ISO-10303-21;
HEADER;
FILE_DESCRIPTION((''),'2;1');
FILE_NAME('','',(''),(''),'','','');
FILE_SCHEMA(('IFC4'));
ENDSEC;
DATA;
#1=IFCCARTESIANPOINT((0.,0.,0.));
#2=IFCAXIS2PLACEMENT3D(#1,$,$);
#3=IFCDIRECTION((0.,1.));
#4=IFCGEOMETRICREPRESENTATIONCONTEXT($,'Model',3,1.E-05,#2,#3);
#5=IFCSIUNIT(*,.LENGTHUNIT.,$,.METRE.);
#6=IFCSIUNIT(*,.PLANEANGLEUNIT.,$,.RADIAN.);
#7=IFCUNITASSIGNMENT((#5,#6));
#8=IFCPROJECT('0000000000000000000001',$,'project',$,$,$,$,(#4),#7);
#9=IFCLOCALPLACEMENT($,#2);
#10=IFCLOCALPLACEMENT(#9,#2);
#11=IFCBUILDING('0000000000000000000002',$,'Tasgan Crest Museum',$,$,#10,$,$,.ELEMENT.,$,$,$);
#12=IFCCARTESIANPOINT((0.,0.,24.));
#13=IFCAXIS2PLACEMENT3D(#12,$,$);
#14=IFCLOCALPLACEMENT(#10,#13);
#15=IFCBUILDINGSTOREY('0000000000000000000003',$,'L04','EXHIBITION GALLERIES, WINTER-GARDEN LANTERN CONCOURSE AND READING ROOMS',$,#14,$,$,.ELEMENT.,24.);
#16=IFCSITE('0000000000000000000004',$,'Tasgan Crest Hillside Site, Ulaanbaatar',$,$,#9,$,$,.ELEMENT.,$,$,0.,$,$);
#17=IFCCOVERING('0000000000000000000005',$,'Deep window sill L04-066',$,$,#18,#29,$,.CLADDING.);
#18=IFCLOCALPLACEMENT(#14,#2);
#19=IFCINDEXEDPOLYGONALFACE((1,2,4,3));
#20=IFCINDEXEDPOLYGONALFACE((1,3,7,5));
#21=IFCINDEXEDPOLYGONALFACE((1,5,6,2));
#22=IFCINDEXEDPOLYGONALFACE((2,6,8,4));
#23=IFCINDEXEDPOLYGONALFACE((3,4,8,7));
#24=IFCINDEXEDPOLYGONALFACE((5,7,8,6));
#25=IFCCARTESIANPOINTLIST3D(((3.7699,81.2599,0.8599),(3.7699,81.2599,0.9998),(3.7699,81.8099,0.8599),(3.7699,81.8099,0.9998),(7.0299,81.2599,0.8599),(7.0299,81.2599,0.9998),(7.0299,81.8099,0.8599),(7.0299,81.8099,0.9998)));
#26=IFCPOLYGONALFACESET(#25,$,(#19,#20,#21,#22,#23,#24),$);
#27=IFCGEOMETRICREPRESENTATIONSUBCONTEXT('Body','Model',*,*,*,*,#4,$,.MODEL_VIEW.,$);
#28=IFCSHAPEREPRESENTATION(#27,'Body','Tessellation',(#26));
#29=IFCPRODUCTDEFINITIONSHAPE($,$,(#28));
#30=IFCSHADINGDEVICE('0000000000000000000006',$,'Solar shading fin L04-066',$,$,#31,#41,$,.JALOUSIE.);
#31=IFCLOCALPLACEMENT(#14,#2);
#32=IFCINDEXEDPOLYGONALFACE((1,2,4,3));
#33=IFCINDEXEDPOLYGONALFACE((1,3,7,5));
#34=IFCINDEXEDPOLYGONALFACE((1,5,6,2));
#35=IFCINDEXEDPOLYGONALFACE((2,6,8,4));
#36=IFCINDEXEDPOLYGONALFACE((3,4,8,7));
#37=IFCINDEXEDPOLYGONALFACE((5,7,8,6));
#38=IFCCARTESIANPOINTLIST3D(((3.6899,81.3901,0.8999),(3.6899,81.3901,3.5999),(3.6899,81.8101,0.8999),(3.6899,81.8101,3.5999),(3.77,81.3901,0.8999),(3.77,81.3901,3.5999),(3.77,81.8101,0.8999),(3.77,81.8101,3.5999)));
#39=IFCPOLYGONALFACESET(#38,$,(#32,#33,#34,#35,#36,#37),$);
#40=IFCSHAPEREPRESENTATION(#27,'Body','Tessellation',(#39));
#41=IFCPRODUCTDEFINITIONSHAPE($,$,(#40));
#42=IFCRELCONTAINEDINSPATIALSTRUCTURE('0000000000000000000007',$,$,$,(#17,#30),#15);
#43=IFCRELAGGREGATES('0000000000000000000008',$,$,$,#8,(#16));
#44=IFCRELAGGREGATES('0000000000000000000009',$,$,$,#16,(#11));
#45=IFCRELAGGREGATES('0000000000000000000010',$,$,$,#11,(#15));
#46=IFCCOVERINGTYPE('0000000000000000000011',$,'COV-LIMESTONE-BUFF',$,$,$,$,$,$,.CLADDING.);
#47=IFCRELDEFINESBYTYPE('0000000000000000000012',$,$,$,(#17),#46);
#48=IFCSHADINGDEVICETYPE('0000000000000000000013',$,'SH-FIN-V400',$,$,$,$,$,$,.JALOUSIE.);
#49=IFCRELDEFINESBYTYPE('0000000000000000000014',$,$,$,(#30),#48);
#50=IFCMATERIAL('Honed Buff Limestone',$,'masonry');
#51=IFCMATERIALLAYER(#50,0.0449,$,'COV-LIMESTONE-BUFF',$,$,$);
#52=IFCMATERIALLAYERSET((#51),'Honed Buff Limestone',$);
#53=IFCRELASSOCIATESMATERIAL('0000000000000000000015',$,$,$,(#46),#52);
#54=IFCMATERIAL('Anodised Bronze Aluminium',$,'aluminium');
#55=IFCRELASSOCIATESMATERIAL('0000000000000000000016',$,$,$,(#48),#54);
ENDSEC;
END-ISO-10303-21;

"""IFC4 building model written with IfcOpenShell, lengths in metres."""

from ifc_helpers import new_model, si_unit, direction, frame, origin, origin_2d, place, context, subcontext, project, spatial, rectangle, extrude, material, layer, layer_set, type_object, element, save


model = new_model("IFC4")

# Units and contexts
model_context = context("Model", 3, precision=1e-05, world=origin(), true_north=direction((0.0, 1.0)))
body_context = subcontext(model_context, "Body", "Model", "MODEL_VIEW")
ifc_project = project(units=[si_unit("LENGTHUNIT", "METRE"), si_unit("PLANEANGLEUNIT", "RADIAN")], contexts=[model_context])

# Site, building, storey
site_placement = place(None, origin())
site = spatial("IfcSite", under=ifc_project, at=site_placement, Name="Tasgan Crest Hillside Site, Ulaanbaatar", CompositionType="ELEMENT", RefElevation=0.0)
building_placement = place(site_placement, origin())
building = spatial("IfcBuilding", under=site, at=building_placement, Name="Tasgan Crest Museum", CompositionType="ELEMENT")
storey_placement = place(building_placement, frame((0.0, 0.0, 24.0)))
storey = spatial("IfcBuildingStorey", under=building, at=storey_placement, Name="L04", Description="EXHIBITION GALLERIES, WINTER-GARDEN LANTERN CONCOURSE AND READING ROOMS", CompositionType="ELEMENT", Elevation=24.0)

# Covering
ifc_material_1 = material(Name="Honed Buff Limestone", Category="masonry")
ifc_layer_1 = layer(ifc_material_1, 0.0449, Name="COV-LIMESTONE-BUFF")
ifc_layer_set_1 = layer_set([ifc_layer_1], Name="Honed Buff Limestone")
covering_type_1 = type_object("IfcCoveringType", Name="COV-LIMESTONE-BUFF", PredefinedType="CLADDING", material=ifc_layer_set_1)
covering_1_placement = place(storey_placement, frame((5.3999, 81.5349, 0.8599), z_axis=(0.0, 0.0, 1.0), x_axis=(1.0, 0.0, 0.0)))
element("IfcCovering", 1, at=covering_1_placement, inside=storey, type_object=covering_type_1, Name="Deep window sill L04-066", PredefinedType="CLADDING", context=body_context, shape_type="SweptSolid", body=[
    extrude(rectangle(XDim=3.26, YDim=0.55, at=origin_2d()), origin(), (0.0, 0.0, 1.0), 0.1399),
])

# Shading device
ifc_material_2 = material(Name="Anodised Bronze Aluminium", Category="aluminium")
shading_device_type = type_object("IfcShadingDeviceType", Name="SH-FIN-V400", PredefinedType="JALOUSIE", material=ifc_material_2)
shading_device_placement = place(storey_placement, frame((3.73, 81.6001, 0.8999), z_axis=(0.0, 0.0, 1.0), x_axis=(1.0, 0.0, 0.0)))
element("IfcShadingDevice", 2, at=shading_device_placement, inside=storey, type_object=shading_device_type, Name="Solar shading fin L04-066", PredefinedType="JALOUSIE", context=body_context, shape_type="SweptSolid", body=[
    extrude(rectangle(XDim=0.0801, YDim=0.4199, at=origin_2d()), origin(), (0.0, 0.0, 1.0), 2.7),
])

save(model, "model.ifc")
